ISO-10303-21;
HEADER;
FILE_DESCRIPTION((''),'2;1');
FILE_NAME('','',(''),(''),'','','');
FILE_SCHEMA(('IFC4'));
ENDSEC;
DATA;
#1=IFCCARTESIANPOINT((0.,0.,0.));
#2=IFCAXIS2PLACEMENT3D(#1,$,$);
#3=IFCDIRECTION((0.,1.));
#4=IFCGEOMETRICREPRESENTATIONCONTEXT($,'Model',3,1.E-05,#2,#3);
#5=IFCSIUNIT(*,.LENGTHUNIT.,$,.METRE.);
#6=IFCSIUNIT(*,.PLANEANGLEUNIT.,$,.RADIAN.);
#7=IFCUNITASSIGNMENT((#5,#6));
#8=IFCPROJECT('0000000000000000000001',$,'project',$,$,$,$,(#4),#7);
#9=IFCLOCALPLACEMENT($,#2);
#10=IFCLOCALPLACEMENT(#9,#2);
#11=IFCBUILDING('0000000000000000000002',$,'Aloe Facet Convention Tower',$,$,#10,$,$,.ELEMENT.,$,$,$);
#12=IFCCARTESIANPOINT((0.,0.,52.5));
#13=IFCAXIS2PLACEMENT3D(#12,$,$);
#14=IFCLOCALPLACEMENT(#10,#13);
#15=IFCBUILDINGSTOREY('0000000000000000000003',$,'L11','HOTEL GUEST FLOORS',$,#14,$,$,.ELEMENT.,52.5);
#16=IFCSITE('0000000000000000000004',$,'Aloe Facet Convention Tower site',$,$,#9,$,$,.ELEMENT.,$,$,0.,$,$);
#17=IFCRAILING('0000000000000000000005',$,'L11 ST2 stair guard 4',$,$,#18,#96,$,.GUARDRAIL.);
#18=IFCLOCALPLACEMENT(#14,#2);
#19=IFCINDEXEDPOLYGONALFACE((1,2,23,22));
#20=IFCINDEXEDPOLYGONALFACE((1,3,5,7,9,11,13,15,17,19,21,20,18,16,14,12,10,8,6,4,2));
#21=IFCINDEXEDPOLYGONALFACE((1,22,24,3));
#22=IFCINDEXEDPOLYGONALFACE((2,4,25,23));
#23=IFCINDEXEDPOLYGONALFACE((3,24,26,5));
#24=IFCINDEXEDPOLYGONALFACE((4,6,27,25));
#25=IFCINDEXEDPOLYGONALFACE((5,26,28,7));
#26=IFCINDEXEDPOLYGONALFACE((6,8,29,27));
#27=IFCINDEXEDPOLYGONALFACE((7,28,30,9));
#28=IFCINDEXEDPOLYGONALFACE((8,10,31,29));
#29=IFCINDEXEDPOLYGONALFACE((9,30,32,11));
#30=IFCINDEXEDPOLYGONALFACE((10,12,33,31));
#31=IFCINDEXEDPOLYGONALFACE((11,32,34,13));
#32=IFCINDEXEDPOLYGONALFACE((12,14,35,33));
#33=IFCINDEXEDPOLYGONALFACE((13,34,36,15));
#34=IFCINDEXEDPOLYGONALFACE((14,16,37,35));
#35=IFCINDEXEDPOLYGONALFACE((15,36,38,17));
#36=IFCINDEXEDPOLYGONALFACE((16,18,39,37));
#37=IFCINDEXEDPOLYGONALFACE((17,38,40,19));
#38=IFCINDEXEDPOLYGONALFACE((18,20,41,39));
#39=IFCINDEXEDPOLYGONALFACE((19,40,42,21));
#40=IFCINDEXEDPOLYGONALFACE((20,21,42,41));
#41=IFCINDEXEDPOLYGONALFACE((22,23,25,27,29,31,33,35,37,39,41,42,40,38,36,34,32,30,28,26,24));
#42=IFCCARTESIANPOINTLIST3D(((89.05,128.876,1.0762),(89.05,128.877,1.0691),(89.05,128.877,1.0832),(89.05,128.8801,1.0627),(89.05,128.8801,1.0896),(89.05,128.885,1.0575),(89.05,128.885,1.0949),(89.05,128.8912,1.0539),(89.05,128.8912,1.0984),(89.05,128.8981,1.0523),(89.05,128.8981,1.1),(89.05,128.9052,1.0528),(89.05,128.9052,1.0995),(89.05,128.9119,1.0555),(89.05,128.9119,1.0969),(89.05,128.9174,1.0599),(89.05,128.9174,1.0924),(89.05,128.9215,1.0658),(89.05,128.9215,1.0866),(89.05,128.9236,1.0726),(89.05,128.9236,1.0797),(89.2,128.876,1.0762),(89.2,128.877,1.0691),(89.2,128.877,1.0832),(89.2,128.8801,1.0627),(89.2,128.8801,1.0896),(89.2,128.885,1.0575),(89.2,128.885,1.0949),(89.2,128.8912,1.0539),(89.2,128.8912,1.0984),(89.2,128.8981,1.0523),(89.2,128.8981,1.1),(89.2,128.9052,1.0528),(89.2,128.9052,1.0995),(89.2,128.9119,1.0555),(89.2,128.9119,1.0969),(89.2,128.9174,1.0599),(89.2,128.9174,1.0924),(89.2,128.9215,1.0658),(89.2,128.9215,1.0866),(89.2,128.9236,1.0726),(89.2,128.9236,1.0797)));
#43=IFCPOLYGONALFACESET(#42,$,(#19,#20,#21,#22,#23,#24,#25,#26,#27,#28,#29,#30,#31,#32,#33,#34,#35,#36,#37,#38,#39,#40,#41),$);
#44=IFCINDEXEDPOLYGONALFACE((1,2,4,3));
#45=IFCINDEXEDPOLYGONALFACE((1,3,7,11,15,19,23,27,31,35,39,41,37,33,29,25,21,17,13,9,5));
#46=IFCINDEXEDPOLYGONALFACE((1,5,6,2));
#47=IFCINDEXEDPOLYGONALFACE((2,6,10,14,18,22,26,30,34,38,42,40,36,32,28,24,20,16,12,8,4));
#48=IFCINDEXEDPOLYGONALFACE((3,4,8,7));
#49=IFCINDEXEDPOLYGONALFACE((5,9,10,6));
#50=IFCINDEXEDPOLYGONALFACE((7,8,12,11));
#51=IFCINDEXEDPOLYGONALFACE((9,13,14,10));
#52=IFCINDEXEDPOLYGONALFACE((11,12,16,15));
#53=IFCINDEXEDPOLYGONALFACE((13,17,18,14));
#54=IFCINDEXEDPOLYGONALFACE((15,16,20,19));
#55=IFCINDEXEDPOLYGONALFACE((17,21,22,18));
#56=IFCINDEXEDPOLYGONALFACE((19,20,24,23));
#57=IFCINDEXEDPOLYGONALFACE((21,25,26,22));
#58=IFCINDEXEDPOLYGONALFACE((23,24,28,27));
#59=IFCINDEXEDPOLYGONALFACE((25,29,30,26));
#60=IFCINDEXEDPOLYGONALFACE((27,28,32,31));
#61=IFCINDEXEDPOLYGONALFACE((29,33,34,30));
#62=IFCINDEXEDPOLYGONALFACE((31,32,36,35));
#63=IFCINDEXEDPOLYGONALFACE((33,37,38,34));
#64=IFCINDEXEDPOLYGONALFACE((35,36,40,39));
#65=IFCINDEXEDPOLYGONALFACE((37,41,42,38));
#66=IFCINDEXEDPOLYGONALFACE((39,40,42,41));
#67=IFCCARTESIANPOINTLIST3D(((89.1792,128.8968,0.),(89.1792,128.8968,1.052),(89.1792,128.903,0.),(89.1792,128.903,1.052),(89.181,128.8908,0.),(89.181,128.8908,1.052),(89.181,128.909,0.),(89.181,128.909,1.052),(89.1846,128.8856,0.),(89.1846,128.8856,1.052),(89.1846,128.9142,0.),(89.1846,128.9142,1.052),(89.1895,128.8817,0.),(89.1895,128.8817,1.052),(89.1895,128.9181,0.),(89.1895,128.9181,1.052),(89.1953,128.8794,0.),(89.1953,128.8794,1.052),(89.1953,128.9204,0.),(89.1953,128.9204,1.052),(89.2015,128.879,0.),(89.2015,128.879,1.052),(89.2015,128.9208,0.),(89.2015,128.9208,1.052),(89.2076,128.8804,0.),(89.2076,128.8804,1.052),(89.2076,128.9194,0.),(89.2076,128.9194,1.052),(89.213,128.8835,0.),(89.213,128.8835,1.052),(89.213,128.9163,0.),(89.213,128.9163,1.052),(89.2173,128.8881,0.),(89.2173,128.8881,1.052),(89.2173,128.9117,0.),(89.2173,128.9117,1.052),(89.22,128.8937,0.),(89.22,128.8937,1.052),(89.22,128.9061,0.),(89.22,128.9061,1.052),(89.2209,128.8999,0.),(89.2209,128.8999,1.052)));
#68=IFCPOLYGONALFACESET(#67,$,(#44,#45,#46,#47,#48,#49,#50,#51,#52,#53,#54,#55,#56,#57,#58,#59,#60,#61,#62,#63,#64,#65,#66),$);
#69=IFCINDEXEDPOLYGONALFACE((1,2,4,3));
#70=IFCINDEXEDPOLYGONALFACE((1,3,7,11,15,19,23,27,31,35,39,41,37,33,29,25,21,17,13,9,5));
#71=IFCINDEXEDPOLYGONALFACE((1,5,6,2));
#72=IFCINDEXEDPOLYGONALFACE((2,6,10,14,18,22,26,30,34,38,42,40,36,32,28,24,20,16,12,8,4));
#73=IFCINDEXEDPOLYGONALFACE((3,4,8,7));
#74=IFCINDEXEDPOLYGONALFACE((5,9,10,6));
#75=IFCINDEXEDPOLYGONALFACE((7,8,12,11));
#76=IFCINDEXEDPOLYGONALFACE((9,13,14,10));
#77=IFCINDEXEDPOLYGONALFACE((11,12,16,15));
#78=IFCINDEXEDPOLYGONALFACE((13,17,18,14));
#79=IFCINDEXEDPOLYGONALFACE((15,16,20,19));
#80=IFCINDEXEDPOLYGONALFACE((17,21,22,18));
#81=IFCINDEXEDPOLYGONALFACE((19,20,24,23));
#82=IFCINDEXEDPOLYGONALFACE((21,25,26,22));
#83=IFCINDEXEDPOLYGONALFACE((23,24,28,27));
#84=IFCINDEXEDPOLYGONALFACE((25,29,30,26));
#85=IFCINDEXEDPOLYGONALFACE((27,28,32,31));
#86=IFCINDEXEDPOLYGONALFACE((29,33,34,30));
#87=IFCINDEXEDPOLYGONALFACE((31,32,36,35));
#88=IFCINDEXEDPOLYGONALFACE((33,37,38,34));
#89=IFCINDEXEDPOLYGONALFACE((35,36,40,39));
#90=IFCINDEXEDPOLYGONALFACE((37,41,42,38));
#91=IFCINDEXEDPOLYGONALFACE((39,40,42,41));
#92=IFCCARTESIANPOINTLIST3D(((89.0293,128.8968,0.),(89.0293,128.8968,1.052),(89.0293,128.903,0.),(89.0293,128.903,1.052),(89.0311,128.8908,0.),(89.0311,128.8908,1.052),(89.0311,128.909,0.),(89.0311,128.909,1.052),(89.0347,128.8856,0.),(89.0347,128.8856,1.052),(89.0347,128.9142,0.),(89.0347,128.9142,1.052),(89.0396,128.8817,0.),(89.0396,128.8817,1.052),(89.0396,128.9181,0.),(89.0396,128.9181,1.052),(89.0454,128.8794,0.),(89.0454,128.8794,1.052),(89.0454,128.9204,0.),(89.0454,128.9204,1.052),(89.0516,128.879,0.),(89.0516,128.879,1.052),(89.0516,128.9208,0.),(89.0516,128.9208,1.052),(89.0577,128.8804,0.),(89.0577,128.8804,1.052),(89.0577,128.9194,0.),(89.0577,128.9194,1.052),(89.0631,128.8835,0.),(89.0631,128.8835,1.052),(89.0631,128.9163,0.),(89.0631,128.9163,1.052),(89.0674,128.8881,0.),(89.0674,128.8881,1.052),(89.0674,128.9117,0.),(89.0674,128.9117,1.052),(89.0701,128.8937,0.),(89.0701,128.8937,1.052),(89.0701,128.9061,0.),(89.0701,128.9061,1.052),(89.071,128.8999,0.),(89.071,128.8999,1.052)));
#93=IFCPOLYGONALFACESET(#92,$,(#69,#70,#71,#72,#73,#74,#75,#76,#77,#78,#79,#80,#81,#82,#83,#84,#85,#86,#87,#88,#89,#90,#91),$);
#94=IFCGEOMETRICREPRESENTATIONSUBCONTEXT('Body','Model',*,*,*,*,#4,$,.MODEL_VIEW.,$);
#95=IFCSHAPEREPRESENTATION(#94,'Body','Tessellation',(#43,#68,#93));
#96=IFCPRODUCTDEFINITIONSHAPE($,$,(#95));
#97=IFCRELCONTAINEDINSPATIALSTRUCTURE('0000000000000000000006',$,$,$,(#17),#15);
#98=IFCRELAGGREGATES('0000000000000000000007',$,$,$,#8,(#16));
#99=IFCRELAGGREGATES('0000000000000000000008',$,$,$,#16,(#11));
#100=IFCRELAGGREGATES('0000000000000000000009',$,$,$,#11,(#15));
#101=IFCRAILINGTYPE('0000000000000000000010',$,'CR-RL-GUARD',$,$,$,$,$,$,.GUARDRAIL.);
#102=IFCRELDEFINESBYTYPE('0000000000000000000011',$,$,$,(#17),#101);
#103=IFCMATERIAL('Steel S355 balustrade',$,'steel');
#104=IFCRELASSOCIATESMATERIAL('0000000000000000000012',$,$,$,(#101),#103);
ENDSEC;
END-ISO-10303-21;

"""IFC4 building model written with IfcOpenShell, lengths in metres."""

from ifc_helpers import new_model, si_unit, direction, frame, origin, origin_2d, place, context, subcontext, project, spatial, circle, extrude, material, type_object, element, save


model = new_model("IFC4")

# Units and contexts
model_context = context("Model", 3, precision=1e-05, world=origin(), true_north=direction((0.0, 1.0)))
body_context = subcontext(model_context, "Body", "Model", "MODEL_VIEW")
ifc_project = project(units=[si_unit("LENGTHUNIT", "METRE"), si_unit("PLANEANGLEUNIT", "RADIAN")], contexts=[model_context])

# Site, building, storey
site_placement = place(None, origin())
site = spatial("IfcSite", under=ifc_project, at=site_placement, Name="Aloe Facet Convention Tower site", CompositionType="ELEMENT", RefElevation=0.0)
building_placement = place(site_placement, origin())
building = spatial("IfcBuilding", under=site, at=building_placement, Name="Aloe Facet Convention Tower", CompositionType="ELEMENT")
storey_placement = place(building_placement, frame((0.0, 0.0, 52.5)))
storey = spatial("IfcBuildingStorey", under=building, at=storey_placement, Name="L11", Description="HOTEL GUEST FLOORS", CompositionType="ELEMENT", Elevation=52.5)

# Railing
ifc_material_1 = material(Name="Steel S355 balustrade", Category="steel")
railing_type_1 = type_object("IfcRailingType", Name="CR-RL-GUARD", PredefinedType="GUARDRAIL", material=ifc_material_1)
railing_1_placement = place(storey_placement, frame((89.2, 128.8999, 0.0)))
element("IfcRailing", 1, at=railing_1_placement, inside=storey, type_object=railing_type_1, Name="L11 ST2 stair guard 4", PredefinedType="GUARDRAIL", context=body_context, shape_type="SweptSolid", body=[
    extrude(circle(Radius=0.0239, at=origin_2d()), frame((0.0, 0.0, 1.0762), z_axis=(-1.0, 0.0, 0.0), x_axis=(0.0, -1.0, 0.0)), (0.0, 0.0, 1.0), 0.1499),
    extrude(circle(Radius=0.021, at=origin_2d()), origin(), (0.0, 0.0, 1.0), 1.052),
    extrude(circle(Radius=0.021, at=origin_2d()), frame((-0.1499, 0.0, 0.0)), (0.0, 0.0, 1.0), 1.052),
])

save(model, "model.ifc")
